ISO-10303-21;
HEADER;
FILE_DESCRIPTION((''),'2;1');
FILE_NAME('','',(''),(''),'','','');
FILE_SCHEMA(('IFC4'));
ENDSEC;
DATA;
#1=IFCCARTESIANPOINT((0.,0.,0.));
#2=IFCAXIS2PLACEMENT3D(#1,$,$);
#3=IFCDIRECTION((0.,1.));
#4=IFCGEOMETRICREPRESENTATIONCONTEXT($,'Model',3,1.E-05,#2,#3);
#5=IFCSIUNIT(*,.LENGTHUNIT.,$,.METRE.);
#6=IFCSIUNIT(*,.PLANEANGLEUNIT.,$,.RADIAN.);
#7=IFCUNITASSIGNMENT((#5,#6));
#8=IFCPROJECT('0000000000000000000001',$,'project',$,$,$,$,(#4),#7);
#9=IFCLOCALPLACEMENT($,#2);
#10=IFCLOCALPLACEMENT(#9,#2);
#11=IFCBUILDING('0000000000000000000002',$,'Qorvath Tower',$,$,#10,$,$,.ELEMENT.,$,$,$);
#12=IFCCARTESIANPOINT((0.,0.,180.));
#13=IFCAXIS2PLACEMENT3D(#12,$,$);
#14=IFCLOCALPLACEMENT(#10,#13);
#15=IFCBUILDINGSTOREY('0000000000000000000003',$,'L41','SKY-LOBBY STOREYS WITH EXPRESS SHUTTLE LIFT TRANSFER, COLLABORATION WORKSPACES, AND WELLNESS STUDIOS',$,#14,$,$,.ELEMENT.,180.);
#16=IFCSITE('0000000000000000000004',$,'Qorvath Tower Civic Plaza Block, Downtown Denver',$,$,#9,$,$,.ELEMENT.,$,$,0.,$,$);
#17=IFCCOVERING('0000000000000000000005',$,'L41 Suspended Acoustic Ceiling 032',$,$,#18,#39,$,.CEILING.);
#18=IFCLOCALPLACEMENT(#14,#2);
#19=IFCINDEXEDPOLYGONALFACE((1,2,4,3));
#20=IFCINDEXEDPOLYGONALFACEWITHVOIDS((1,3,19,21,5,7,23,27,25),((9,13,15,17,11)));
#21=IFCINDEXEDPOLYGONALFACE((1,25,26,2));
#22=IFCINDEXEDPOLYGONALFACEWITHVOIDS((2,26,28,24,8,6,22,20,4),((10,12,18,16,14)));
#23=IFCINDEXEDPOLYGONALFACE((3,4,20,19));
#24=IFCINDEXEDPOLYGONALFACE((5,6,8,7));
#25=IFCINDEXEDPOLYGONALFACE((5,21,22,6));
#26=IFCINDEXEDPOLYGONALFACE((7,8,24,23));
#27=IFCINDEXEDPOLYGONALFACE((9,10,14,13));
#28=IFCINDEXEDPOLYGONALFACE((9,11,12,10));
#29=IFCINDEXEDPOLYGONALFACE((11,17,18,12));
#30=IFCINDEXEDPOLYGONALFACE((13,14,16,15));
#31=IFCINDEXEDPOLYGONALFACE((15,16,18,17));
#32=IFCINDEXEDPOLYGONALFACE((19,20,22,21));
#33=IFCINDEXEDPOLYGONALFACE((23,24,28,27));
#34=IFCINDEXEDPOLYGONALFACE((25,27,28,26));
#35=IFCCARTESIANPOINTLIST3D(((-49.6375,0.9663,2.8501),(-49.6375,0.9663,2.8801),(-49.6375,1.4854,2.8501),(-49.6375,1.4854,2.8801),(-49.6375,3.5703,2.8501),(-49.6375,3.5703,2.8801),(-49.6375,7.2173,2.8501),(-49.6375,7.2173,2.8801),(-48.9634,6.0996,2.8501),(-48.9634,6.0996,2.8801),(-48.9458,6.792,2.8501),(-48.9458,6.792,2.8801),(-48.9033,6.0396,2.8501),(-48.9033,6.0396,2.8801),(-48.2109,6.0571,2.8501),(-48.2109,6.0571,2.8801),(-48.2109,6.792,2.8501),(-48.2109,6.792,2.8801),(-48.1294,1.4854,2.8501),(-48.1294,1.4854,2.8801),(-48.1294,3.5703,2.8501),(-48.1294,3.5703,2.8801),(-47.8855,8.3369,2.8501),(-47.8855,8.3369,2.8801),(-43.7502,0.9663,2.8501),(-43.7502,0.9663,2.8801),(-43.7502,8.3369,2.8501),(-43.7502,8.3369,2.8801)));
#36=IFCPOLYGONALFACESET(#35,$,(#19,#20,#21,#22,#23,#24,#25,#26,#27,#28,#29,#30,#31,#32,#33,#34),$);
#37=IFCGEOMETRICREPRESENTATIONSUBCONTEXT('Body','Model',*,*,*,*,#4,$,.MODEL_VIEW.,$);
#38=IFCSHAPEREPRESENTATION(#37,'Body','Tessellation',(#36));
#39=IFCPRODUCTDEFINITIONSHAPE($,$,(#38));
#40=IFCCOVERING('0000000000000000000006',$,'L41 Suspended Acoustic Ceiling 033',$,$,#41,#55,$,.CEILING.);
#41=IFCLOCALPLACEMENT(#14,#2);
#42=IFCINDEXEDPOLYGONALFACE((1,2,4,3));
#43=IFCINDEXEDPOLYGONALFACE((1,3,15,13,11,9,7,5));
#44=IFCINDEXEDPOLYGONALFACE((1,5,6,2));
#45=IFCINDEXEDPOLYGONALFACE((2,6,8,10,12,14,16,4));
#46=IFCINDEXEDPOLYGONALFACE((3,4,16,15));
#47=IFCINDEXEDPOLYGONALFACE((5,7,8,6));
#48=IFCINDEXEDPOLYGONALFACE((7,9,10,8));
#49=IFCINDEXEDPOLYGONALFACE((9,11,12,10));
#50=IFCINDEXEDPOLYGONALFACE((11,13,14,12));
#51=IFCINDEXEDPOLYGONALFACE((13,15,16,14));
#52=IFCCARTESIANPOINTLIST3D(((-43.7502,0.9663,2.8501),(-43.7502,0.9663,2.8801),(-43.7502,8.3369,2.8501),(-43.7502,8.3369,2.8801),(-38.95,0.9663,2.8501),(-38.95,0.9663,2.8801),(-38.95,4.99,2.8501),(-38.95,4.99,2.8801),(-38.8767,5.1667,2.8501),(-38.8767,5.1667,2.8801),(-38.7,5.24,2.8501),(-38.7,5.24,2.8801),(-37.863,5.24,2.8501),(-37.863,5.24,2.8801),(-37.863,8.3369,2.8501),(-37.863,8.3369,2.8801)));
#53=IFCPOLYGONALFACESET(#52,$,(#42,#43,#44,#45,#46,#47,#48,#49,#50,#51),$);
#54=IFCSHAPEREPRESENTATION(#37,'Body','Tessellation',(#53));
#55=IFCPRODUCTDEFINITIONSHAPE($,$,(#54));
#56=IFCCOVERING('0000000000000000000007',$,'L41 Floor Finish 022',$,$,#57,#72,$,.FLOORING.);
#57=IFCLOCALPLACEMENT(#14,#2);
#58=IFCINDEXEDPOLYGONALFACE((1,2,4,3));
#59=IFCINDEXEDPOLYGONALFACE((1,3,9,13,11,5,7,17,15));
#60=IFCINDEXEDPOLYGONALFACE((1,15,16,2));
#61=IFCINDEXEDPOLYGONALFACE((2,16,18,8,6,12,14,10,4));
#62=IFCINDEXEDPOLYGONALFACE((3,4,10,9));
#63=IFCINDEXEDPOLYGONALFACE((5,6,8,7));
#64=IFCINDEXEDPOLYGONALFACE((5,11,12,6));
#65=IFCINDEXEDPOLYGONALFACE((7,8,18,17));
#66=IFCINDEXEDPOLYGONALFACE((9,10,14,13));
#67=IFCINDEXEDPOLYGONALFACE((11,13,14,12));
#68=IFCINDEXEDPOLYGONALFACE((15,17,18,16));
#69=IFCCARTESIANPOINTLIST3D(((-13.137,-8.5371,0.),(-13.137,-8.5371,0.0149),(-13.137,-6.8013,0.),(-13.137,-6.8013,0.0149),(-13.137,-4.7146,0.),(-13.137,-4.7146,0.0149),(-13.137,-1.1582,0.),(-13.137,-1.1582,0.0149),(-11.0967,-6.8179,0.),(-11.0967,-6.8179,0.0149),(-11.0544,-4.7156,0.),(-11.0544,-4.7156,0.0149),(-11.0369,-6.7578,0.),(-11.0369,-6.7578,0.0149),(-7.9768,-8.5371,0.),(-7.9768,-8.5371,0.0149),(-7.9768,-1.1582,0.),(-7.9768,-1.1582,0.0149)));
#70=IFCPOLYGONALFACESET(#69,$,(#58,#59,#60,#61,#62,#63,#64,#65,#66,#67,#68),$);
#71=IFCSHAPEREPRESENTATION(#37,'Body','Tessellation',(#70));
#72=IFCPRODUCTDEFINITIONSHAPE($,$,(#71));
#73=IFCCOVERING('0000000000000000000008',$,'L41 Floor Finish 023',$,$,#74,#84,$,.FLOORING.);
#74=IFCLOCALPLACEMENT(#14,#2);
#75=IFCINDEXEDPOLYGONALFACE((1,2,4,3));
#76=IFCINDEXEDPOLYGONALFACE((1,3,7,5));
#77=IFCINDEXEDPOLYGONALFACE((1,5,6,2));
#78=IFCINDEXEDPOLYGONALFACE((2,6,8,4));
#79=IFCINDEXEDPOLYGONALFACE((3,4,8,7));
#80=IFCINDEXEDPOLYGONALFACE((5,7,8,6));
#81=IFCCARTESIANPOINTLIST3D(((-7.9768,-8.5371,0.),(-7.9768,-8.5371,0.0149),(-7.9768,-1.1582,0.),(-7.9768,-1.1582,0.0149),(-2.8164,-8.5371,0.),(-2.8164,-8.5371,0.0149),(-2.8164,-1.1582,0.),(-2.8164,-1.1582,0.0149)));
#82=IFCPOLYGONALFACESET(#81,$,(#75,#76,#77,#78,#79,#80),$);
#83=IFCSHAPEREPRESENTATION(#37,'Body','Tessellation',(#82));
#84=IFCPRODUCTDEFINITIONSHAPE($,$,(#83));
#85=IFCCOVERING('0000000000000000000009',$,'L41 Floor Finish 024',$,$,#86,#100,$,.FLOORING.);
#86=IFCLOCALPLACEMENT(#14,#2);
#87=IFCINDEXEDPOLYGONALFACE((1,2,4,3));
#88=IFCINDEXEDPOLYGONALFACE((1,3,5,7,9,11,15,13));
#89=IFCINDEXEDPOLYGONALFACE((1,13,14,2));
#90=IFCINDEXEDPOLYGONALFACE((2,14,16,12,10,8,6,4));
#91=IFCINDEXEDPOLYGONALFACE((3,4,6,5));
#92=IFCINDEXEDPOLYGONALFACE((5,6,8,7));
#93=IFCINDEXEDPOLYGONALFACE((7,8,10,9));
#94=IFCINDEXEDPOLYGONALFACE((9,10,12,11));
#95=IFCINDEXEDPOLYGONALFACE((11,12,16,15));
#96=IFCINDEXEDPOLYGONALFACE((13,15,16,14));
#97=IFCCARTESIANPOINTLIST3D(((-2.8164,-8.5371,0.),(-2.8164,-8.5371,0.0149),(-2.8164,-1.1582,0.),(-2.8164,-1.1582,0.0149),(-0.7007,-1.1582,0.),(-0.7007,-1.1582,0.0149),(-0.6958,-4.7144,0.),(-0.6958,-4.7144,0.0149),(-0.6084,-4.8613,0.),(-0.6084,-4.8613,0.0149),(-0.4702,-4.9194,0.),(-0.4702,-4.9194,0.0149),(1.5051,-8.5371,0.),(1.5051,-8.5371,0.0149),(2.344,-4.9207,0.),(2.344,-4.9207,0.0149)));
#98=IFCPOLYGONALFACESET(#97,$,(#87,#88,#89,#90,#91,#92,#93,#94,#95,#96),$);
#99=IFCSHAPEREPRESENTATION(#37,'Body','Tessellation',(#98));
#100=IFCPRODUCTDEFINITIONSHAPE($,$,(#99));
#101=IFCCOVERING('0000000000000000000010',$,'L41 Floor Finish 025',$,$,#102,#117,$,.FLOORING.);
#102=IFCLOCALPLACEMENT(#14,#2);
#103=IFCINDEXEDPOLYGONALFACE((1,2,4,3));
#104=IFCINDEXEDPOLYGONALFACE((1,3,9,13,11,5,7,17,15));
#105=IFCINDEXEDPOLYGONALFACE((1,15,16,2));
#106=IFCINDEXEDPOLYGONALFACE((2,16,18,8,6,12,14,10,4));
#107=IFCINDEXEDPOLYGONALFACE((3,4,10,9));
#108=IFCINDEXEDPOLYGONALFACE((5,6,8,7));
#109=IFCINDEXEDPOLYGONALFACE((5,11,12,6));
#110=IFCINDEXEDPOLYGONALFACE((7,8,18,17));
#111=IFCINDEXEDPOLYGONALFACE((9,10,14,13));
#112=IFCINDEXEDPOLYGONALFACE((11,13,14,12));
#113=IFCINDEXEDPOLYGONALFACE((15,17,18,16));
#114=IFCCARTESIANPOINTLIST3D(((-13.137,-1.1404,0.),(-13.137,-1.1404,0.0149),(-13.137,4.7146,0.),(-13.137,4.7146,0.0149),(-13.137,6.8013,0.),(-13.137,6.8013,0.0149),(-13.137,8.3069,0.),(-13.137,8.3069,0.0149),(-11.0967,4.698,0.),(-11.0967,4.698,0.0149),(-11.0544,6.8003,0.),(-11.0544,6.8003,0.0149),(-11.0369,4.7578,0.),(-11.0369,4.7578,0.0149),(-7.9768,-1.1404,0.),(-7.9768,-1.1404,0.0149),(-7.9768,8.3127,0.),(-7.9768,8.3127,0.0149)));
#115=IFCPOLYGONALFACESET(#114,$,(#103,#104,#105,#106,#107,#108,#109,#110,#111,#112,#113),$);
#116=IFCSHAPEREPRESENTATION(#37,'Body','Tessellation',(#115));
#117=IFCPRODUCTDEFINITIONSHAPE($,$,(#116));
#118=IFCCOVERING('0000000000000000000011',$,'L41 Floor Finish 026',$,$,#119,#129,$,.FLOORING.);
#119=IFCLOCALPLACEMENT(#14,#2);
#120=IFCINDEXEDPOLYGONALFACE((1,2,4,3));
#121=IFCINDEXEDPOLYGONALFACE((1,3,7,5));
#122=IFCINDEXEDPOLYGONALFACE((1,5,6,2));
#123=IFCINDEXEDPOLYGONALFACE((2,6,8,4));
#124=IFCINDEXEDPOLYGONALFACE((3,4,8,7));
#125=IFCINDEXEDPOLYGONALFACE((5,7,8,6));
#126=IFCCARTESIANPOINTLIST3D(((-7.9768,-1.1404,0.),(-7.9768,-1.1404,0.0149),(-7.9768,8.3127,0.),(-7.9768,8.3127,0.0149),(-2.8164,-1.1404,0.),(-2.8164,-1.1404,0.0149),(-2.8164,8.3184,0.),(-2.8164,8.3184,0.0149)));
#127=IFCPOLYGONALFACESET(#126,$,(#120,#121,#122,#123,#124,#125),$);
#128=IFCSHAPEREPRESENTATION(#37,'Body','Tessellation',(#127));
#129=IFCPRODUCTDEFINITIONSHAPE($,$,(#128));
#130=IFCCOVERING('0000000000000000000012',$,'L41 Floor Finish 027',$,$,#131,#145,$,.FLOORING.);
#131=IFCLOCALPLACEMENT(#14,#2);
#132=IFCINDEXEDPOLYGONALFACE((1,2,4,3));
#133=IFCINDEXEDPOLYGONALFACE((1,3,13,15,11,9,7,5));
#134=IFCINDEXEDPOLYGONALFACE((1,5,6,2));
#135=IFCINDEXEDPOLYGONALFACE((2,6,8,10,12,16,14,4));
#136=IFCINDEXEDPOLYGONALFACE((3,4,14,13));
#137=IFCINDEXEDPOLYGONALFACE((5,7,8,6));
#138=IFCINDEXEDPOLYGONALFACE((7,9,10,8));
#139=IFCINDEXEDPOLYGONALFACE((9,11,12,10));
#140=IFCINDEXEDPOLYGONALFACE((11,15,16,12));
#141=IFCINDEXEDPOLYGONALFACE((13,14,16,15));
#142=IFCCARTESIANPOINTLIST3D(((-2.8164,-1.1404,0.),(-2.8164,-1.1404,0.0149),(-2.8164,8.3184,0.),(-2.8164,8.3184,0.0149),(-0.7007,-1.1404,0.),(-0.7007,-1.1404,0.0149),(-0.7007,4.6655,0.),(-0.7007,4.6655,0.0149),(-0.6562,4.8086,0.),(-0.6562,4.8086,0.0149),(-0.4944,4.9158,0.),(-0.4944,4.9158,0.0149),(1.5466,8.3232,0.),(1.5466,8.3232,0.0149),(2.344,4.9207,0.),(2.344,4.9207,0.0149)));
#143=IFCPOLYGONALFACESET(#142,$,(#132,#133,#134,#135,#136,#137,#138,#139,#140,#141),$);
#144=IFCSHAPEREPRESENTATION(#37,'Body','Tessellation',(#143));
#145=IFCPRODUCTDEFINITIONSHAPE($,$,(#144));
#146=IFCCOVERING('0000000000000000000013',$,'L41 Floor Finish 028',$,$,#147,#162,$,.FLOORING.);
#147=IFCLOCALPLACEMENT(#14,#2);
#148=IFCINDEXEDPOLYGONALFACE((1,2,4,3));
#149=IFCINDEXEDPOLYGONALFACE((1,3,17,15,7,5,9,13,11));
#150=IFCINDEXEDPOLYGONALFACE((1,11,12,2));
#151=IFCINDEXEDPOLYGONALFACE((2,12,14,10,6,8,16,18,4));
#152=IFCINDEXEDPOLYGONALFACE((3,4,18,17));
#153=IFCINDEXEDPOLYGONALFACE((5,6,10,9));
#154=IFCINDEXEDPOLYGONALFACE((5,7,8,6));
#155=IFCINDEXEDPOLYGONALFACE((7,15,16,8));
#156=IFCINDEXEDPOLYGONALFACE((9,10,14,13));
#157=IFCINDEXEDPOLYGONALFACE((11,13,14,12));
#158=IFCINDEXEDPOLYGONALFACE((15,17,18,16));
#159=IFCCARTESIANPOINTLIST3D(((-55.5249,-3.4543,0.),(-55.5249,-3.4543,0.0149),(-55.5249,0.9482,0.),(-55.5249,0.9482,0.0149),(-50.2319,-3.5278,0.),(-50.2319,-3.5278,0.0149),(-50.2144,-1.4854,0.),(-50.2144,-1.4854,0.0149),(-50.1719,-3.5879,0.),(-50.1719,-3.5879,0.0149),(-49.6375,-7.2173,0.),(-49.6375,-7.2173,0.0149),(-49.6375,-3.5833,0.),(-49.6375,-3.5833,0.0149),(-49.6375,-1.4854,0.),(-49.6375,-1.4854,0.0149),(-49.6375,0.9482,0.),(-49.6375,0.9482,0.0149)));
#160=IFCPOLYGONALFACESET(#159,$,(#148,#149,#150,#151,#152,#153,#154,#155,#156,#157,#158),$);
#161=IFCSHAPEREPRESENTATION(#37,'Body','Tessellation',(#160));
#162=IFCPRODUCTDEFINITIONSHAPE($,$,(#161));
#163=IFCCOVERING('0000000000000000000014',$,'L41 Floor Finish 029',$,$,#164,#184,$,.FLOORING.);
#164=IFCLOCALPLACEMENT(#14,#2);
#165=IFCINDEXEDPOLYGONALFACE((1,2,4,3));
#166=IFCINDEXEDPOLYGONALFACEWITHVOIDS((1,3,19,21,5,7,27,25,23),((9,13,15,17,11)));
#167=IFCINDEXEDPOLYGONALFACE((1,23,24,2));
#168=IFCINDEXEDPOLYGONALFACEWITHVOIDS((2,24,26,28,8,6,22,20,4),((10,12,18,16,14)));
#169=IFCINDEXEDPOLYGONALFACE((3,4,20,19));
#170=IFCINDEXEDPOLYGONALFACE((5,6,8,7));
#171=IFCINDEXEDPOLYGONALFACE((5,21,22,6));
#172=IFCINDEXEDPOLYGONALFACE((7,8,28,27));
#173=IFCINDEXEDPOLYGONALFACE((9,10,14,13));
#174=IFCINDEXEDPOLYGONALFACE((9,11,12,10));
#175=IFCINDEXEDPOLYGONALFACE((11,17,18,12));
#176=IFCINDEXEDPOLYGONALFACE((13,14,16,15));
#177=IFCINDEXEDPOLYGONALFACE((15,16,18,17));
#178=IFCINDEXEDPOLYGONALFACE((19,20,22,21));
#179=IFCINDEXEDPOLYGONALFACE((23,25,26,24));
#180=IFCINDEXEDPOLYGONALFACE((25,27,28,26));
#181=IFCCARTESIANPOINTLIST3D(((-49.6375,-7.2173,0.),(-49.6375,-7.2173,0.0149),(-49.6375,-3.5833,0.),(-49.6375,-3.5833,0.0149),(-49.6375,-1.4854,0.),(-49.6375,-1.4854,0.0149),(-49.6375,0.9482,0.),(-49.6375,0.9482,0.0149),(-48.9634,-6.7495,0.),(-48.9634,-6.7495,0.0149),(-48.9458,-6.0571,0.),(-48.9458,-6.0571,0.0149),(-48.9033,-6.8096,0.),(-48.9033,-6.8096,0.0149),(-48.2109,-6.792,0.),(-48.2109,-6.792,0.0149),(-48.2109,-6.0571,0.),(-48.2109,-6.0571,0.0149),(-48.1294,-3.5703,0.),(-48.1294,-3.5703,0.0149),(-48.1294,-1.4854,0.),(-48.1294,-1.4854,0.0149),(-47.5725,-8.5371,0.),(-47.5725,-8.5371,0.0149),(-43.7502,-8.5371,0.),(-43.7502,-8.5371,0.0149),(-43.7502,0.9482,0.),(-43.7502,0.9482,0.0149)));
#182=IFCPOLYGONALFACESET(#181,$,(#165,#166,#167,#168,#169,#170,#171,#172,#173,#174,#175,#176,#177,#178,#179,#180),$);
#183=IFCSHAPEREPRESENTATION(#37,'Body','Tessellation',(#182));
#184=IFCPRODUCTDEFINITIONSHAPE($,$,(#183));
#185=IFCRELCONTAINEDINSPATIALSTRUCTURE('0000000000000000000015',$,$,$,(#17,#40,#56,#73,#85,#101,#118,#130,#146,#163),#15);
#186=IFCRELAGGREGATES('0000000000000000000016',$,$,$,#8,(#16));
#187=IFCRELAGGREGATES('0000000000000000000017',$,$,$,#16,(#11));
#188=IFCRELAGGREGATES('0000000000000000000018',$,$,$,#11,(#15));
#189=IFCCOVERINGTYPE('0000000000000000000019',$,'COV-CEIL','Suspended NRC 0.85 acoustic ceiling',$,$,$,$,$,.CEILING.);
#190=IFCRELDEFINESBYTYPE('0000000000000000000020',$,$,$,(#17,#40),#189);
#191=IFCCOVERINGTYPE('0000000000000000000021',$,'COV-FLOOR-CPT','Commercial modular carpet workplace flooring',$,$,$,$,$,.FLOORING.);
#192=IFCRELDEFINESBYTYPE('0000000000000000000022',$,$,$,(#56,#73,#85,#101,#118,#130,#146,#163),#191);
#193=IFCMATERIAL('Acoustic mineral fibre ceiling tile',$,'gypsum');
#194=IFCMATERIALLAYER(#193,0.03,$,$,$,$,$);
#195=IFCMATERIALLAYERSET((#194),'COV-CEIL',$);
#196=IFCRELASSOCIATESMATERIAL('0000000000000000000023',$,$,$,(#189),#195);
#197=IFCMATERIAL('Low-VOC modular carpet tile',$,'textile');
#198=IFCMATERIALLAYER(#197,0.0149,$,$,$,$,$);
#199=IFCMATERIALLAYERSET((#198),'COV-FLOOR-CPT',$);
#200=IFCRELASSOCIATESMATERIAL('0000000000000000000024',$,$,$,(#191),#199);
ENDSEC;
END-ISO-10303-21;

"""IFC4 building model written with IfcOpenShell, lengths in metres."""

from ifc_helpers import new_model, si_unit, direction, frame, origin, place, context, subcontext, project, spatial, polyline, outline, extrude, material, layer, layer_set, type_object, element, save


model = new_model("IFC4")

# Units and contexts
model_context = context("Model", 3, precision=1e-05, world=origin(), true_north=direction((0.0, 1.0)))
body_context = subcontext(model_context, "Body", "Model", "MODEL_VIEW")
ifc_project = project(units=[si_unit("LENGTHUNIT", "METRE"), si_unit("PLANEANGLEUNIT", "RADIAN")], contexts=[model_context])

# Site, building, storey
site_placement = place(None, origin())
site = spatial("IfcSite", under=ifc_project, at=site_placement, Name="Qorvath Tower Civic Plaza Block, Downtown Denver", CompositionType="ELEMENT", RefElevation=0.0)
building_placement = place(site_placement, origin())
building = spatial("IfcBuilding", under=site, at=building_placement, Name="Qorvath Tower", CompositionType="ELEMENT")
storey_placement = place(building_placement, frame((0.0, 0.0, 180.0)))
storey = spatial("IfcBuildingStorey", under=building, at=storey_placement, Name="L41", Description="SKY-LOBBY STOREYS WITH EXPRESS SHUTTLE LIFT TRANSFER, COLLABORATION WORKSPACES, AND WELLNESS STUDIOS", CompositionType="ELEMENT", Elevation=180.0)

# Coverings
ifc_material_1 = material(Name="Acoustic mineral fibre ceiling tile", Category="gypsum")
ifc_layer_1 = layer(ifc_material_1, 0.03)
ifc_layer_set_1 = layer_set([ifc_layer_1], Name="COV-CEIL")
covering_type_1 = type_object("IfcCoveringType", Name="COV-CEIL", Description="Suspended NRC 0.85 acoustic ceiling", PredefinedType="CEILING", material=ifc_layer_set_1)
covering_1_placement = place(storey_placement, frame((0.0, 0.0, 2.8501)))
element("IfcCovering", 1, at=covering_1_placement, inside=storey, type_object=covering_type_1, Name="L41 Suspended Acoustic Ceiling 032", PredefinedType="CEILING", context=body_context, shape_type="SweptSolid", body=[
    extrude(outline(polyline([(-43.7502, 0.9663), (-43.7502, 8.3369), (-47.8855, 8.3369), (-49.6375, 7.2173), (-49.6375, 3.5703), (-48.1294, 3.5703), (-48.1294, 1.4854), (-49.6375, 1.4854), (-49.6375, 0.9663), (-43.7502, 0.9663)]), holes=[polyline([(-48.9634, 6.0996), (-48.9458, 6.792), (-48.2109, 6.792), (-48.2109, 6.0571), (-48.9033, 6.0396), (-48.9634, 6.0996)])]), origin(), (0.0, 0.0, 1.0), 0.03),
])
covering_2_placement = place(storey_placement, frame((0.0, 0.0, 2.8501)))
element("IfcCovering", 2, at=covering_2_placement, inside=storey, type_object=covering_type_1, Name="L41 Suspended Acoustic Ceiling 033", PredefinedType="CEILING", context=body_context, shape_type="SweptSolid", body=[
    extrude(outline(polyline([(-37.863, 5.24), (-37.863, 8.3369), (-43.7502, 8.3369), (-43.7502, 0.9663), (-38.95, 0.9663), (-38.95, 4.99), (-38.8767, 5.1667), (-38.7, 5.24), (-37.863, 5.24)])), origin(), (0.0, 0.0, 1.0), 0.03),
])
ifc_material_2 = material(Name="Low-VOC modular carpet tile", Category="textile")
ifc_layer_2 = layer(ifc_material_2, 0.0149)
ifc_layer_set_2 = layer_set([ifc_layer_2], Name="COV-FLOOR-CPT")
covering_type_2 = type_object("IfcCoveringType", Name="COV-FLOOR-CPT", Description="Commercial modular carpet workplace flooring", PredefinedType="FLOORING", material=ifc_layer_set_2)
covering_3_placement = place(storey_placement, origin())
element("IfcCovering", 3, at=covering_3_placement, inside=storey, type_object=covering_type_2, Name="L41 Floor Finish 022", PredefinedType="FLOORING", context=body_context, shape_type="SweptSolid", body=[
    extrude(outline(polyline([(-7.9768, -8.5371), (-7.9768, -1.1582), (-13.137, -1.1582), (-13.137, -4.7146), (-11.0544, -4.7156), (-11.0369, -6.7578), (-11.0967, -6.8179), (-13.137, -6.8013), (-13.137, -8.5371), (-7.9768, -8.5371)])), origin(), (0.0, 0.0, 1.0), 0.0149),
])
covering_4_placement = place(storey_placement, origin())
element("IfcCovering", 4, at=covering_4_placement, inside=storey, type_object=covering_type_2, Name="L41 Floor Finish 023", PredefinedType="FLOORING", context=body_context, shape_type="SweptSolid", body=[
    extrude(outline(polyline([(-2.8164, -8.5371), (-2.8164, -1.1582), (-7.9768, -1.1582), (-7.9768, -8.5371), (-2.8164, -8.5371)])), origin(), (0.0, 0.0, 1.0), 0.0149),
])
covering_5_placement = place(storey_placement, origin())
element("IfcCovering", 5, at=covering_5_placement, inside=storey, type_object=covering_type_2, Name="L41 Floor Finish 024", PredefinedType="FLOORING", context=body_context, shape_type="SweptSolid", body=[
    extrude(outline(polyline([(-0.6084, -4.8613), (-0.6958, -4.7144), (-0.7007, -1.1582), (-2.8164, -1.1582), (-2.8164, -8.5371), (1.5051, -8.5371), (2.344, -4.9207), (-0.4702, -4.9194), (-0.6084, -4.8613)])), origin(), (0.0, 0.0, 1.0), 0.0149),
])
covering_6_placement = place(storey_placement, origin())
element("IfcCovering", 6, at=covering_6_placement, inside=storey, type_object=covering_type_2, Name="L41 Floor Finish 025", PredefinedType="FLOORING", context=body_context, shape_type="SweptSolid", body=[
    extrude(outline(polyline([(-7.9768, -1.1404), (-7.9768, 8.3127), (-13.137, 8.3069), (-13.137, 6.8013), (-11.0544, 6.8003), (-11.0369, 4.7578), (-11.0967, 4.698), (-13.137, 4.7146), (-13.137, -1.1404), (-7.9768, -1.1404)])), origin(), (0.0, 0.0, 1.0), 0.0149),
])
covering_7_placement = place(storey_placement, origin())
element("IfcCovering", 7, at=covering_7_placement, inside=storey, type_object=covering_type_2, Name="L41 Floor Finish 026", PredefinedType="FLOORING", context=body_context, shape_type="SweptSolid", body=[
    extrude(outline(polyline([(-2.8164, -1.1404), (-2.8164, 8.3184), (-7.9768, 8.3127), (-7.9768, -1.1404), (-2.8164, -1.1404)])), origin(), (0.0, 0.0, 1.0), 0.0149),
])
covering_8_placement = place(storey_placement, origin())
element("IfcCovering", 8, at=covering_8_placement, inside=storey, type_object=covering_type_2, Name="L41 Floor Finish 027", PredefinedType="FLOORING", context=body_context, shape_type="SweptSolid", body=[
    extrude(outline(polyline([(-0.6562, 4.8086), (-0.4944, 4.9158), (2.344, 4.9207), (1.5466, 8.3232), (-2.8164, 8.3184), (-2.8164, -1.1404), (-0.7007, -1.1404), (-0.7007, 4.6655), (-0.6562, 4.8086)])), origin(), (0.0, 0.0, 1.0), 0.0149),
])
covering_9_placement = place(storey_placement, origin())
element("IfcCovering", 9, at=covering_9_placement, inside=storey, type_object=covering_type_2, Name="L41 Floor Finish 028", PredefinedType="FLOORING", context=body_context, shape_type="SweptSolid", body=[
    extrude(outline(polyline([(-49.6375, -7.2173), (-49.6375, -3.5833), (-50.1719, -3.5879), (-50.2319, -3.5278), (-50.2144, -1.4854), (-49.6375, -1.4854), (-49.6375, 0.9482), (-55.5249, 0.9482), (-55.5249, -3.4543), (-49.6375, -7.2173)])), origin(), (0.0, 0.0, 1.0), 0.0149),
])
covering_10_placement = place(storey_placement, origin())
element("IfcCovering", 10, at=covering_10_placement, inside=storey, type_object=covering_type_2, Name="L41 Floor Finish 029", PredefinedType="FLOORING", context=body_context, shape_type="SweptSolid", body=[
    extrude(outline(polyline([(-43.7502, -8.5371), (-43.7502, 0.9482), (-49.6375, 0.9482), (-49.6375, -1.4854), (-48.1294, -1.4854), (-48.1294, -3.5703), (-49.6375, -3.5833), (-49.6375, -7.2173), (-47.5725, -8.5371), (-43.7502, -8.5371)]), holes=[polyline([(-48.9634, -6.7495), (-48.9458, -6.0571), (-48.2109, -6.0571), (-48.2109, -6.792), (-48.9033, -6.8096), (-48.9634, -6.7495)])]), origin(), (0.0, 0.0, 1.0), 0.0149),
])

save(model, "model.ifc")
